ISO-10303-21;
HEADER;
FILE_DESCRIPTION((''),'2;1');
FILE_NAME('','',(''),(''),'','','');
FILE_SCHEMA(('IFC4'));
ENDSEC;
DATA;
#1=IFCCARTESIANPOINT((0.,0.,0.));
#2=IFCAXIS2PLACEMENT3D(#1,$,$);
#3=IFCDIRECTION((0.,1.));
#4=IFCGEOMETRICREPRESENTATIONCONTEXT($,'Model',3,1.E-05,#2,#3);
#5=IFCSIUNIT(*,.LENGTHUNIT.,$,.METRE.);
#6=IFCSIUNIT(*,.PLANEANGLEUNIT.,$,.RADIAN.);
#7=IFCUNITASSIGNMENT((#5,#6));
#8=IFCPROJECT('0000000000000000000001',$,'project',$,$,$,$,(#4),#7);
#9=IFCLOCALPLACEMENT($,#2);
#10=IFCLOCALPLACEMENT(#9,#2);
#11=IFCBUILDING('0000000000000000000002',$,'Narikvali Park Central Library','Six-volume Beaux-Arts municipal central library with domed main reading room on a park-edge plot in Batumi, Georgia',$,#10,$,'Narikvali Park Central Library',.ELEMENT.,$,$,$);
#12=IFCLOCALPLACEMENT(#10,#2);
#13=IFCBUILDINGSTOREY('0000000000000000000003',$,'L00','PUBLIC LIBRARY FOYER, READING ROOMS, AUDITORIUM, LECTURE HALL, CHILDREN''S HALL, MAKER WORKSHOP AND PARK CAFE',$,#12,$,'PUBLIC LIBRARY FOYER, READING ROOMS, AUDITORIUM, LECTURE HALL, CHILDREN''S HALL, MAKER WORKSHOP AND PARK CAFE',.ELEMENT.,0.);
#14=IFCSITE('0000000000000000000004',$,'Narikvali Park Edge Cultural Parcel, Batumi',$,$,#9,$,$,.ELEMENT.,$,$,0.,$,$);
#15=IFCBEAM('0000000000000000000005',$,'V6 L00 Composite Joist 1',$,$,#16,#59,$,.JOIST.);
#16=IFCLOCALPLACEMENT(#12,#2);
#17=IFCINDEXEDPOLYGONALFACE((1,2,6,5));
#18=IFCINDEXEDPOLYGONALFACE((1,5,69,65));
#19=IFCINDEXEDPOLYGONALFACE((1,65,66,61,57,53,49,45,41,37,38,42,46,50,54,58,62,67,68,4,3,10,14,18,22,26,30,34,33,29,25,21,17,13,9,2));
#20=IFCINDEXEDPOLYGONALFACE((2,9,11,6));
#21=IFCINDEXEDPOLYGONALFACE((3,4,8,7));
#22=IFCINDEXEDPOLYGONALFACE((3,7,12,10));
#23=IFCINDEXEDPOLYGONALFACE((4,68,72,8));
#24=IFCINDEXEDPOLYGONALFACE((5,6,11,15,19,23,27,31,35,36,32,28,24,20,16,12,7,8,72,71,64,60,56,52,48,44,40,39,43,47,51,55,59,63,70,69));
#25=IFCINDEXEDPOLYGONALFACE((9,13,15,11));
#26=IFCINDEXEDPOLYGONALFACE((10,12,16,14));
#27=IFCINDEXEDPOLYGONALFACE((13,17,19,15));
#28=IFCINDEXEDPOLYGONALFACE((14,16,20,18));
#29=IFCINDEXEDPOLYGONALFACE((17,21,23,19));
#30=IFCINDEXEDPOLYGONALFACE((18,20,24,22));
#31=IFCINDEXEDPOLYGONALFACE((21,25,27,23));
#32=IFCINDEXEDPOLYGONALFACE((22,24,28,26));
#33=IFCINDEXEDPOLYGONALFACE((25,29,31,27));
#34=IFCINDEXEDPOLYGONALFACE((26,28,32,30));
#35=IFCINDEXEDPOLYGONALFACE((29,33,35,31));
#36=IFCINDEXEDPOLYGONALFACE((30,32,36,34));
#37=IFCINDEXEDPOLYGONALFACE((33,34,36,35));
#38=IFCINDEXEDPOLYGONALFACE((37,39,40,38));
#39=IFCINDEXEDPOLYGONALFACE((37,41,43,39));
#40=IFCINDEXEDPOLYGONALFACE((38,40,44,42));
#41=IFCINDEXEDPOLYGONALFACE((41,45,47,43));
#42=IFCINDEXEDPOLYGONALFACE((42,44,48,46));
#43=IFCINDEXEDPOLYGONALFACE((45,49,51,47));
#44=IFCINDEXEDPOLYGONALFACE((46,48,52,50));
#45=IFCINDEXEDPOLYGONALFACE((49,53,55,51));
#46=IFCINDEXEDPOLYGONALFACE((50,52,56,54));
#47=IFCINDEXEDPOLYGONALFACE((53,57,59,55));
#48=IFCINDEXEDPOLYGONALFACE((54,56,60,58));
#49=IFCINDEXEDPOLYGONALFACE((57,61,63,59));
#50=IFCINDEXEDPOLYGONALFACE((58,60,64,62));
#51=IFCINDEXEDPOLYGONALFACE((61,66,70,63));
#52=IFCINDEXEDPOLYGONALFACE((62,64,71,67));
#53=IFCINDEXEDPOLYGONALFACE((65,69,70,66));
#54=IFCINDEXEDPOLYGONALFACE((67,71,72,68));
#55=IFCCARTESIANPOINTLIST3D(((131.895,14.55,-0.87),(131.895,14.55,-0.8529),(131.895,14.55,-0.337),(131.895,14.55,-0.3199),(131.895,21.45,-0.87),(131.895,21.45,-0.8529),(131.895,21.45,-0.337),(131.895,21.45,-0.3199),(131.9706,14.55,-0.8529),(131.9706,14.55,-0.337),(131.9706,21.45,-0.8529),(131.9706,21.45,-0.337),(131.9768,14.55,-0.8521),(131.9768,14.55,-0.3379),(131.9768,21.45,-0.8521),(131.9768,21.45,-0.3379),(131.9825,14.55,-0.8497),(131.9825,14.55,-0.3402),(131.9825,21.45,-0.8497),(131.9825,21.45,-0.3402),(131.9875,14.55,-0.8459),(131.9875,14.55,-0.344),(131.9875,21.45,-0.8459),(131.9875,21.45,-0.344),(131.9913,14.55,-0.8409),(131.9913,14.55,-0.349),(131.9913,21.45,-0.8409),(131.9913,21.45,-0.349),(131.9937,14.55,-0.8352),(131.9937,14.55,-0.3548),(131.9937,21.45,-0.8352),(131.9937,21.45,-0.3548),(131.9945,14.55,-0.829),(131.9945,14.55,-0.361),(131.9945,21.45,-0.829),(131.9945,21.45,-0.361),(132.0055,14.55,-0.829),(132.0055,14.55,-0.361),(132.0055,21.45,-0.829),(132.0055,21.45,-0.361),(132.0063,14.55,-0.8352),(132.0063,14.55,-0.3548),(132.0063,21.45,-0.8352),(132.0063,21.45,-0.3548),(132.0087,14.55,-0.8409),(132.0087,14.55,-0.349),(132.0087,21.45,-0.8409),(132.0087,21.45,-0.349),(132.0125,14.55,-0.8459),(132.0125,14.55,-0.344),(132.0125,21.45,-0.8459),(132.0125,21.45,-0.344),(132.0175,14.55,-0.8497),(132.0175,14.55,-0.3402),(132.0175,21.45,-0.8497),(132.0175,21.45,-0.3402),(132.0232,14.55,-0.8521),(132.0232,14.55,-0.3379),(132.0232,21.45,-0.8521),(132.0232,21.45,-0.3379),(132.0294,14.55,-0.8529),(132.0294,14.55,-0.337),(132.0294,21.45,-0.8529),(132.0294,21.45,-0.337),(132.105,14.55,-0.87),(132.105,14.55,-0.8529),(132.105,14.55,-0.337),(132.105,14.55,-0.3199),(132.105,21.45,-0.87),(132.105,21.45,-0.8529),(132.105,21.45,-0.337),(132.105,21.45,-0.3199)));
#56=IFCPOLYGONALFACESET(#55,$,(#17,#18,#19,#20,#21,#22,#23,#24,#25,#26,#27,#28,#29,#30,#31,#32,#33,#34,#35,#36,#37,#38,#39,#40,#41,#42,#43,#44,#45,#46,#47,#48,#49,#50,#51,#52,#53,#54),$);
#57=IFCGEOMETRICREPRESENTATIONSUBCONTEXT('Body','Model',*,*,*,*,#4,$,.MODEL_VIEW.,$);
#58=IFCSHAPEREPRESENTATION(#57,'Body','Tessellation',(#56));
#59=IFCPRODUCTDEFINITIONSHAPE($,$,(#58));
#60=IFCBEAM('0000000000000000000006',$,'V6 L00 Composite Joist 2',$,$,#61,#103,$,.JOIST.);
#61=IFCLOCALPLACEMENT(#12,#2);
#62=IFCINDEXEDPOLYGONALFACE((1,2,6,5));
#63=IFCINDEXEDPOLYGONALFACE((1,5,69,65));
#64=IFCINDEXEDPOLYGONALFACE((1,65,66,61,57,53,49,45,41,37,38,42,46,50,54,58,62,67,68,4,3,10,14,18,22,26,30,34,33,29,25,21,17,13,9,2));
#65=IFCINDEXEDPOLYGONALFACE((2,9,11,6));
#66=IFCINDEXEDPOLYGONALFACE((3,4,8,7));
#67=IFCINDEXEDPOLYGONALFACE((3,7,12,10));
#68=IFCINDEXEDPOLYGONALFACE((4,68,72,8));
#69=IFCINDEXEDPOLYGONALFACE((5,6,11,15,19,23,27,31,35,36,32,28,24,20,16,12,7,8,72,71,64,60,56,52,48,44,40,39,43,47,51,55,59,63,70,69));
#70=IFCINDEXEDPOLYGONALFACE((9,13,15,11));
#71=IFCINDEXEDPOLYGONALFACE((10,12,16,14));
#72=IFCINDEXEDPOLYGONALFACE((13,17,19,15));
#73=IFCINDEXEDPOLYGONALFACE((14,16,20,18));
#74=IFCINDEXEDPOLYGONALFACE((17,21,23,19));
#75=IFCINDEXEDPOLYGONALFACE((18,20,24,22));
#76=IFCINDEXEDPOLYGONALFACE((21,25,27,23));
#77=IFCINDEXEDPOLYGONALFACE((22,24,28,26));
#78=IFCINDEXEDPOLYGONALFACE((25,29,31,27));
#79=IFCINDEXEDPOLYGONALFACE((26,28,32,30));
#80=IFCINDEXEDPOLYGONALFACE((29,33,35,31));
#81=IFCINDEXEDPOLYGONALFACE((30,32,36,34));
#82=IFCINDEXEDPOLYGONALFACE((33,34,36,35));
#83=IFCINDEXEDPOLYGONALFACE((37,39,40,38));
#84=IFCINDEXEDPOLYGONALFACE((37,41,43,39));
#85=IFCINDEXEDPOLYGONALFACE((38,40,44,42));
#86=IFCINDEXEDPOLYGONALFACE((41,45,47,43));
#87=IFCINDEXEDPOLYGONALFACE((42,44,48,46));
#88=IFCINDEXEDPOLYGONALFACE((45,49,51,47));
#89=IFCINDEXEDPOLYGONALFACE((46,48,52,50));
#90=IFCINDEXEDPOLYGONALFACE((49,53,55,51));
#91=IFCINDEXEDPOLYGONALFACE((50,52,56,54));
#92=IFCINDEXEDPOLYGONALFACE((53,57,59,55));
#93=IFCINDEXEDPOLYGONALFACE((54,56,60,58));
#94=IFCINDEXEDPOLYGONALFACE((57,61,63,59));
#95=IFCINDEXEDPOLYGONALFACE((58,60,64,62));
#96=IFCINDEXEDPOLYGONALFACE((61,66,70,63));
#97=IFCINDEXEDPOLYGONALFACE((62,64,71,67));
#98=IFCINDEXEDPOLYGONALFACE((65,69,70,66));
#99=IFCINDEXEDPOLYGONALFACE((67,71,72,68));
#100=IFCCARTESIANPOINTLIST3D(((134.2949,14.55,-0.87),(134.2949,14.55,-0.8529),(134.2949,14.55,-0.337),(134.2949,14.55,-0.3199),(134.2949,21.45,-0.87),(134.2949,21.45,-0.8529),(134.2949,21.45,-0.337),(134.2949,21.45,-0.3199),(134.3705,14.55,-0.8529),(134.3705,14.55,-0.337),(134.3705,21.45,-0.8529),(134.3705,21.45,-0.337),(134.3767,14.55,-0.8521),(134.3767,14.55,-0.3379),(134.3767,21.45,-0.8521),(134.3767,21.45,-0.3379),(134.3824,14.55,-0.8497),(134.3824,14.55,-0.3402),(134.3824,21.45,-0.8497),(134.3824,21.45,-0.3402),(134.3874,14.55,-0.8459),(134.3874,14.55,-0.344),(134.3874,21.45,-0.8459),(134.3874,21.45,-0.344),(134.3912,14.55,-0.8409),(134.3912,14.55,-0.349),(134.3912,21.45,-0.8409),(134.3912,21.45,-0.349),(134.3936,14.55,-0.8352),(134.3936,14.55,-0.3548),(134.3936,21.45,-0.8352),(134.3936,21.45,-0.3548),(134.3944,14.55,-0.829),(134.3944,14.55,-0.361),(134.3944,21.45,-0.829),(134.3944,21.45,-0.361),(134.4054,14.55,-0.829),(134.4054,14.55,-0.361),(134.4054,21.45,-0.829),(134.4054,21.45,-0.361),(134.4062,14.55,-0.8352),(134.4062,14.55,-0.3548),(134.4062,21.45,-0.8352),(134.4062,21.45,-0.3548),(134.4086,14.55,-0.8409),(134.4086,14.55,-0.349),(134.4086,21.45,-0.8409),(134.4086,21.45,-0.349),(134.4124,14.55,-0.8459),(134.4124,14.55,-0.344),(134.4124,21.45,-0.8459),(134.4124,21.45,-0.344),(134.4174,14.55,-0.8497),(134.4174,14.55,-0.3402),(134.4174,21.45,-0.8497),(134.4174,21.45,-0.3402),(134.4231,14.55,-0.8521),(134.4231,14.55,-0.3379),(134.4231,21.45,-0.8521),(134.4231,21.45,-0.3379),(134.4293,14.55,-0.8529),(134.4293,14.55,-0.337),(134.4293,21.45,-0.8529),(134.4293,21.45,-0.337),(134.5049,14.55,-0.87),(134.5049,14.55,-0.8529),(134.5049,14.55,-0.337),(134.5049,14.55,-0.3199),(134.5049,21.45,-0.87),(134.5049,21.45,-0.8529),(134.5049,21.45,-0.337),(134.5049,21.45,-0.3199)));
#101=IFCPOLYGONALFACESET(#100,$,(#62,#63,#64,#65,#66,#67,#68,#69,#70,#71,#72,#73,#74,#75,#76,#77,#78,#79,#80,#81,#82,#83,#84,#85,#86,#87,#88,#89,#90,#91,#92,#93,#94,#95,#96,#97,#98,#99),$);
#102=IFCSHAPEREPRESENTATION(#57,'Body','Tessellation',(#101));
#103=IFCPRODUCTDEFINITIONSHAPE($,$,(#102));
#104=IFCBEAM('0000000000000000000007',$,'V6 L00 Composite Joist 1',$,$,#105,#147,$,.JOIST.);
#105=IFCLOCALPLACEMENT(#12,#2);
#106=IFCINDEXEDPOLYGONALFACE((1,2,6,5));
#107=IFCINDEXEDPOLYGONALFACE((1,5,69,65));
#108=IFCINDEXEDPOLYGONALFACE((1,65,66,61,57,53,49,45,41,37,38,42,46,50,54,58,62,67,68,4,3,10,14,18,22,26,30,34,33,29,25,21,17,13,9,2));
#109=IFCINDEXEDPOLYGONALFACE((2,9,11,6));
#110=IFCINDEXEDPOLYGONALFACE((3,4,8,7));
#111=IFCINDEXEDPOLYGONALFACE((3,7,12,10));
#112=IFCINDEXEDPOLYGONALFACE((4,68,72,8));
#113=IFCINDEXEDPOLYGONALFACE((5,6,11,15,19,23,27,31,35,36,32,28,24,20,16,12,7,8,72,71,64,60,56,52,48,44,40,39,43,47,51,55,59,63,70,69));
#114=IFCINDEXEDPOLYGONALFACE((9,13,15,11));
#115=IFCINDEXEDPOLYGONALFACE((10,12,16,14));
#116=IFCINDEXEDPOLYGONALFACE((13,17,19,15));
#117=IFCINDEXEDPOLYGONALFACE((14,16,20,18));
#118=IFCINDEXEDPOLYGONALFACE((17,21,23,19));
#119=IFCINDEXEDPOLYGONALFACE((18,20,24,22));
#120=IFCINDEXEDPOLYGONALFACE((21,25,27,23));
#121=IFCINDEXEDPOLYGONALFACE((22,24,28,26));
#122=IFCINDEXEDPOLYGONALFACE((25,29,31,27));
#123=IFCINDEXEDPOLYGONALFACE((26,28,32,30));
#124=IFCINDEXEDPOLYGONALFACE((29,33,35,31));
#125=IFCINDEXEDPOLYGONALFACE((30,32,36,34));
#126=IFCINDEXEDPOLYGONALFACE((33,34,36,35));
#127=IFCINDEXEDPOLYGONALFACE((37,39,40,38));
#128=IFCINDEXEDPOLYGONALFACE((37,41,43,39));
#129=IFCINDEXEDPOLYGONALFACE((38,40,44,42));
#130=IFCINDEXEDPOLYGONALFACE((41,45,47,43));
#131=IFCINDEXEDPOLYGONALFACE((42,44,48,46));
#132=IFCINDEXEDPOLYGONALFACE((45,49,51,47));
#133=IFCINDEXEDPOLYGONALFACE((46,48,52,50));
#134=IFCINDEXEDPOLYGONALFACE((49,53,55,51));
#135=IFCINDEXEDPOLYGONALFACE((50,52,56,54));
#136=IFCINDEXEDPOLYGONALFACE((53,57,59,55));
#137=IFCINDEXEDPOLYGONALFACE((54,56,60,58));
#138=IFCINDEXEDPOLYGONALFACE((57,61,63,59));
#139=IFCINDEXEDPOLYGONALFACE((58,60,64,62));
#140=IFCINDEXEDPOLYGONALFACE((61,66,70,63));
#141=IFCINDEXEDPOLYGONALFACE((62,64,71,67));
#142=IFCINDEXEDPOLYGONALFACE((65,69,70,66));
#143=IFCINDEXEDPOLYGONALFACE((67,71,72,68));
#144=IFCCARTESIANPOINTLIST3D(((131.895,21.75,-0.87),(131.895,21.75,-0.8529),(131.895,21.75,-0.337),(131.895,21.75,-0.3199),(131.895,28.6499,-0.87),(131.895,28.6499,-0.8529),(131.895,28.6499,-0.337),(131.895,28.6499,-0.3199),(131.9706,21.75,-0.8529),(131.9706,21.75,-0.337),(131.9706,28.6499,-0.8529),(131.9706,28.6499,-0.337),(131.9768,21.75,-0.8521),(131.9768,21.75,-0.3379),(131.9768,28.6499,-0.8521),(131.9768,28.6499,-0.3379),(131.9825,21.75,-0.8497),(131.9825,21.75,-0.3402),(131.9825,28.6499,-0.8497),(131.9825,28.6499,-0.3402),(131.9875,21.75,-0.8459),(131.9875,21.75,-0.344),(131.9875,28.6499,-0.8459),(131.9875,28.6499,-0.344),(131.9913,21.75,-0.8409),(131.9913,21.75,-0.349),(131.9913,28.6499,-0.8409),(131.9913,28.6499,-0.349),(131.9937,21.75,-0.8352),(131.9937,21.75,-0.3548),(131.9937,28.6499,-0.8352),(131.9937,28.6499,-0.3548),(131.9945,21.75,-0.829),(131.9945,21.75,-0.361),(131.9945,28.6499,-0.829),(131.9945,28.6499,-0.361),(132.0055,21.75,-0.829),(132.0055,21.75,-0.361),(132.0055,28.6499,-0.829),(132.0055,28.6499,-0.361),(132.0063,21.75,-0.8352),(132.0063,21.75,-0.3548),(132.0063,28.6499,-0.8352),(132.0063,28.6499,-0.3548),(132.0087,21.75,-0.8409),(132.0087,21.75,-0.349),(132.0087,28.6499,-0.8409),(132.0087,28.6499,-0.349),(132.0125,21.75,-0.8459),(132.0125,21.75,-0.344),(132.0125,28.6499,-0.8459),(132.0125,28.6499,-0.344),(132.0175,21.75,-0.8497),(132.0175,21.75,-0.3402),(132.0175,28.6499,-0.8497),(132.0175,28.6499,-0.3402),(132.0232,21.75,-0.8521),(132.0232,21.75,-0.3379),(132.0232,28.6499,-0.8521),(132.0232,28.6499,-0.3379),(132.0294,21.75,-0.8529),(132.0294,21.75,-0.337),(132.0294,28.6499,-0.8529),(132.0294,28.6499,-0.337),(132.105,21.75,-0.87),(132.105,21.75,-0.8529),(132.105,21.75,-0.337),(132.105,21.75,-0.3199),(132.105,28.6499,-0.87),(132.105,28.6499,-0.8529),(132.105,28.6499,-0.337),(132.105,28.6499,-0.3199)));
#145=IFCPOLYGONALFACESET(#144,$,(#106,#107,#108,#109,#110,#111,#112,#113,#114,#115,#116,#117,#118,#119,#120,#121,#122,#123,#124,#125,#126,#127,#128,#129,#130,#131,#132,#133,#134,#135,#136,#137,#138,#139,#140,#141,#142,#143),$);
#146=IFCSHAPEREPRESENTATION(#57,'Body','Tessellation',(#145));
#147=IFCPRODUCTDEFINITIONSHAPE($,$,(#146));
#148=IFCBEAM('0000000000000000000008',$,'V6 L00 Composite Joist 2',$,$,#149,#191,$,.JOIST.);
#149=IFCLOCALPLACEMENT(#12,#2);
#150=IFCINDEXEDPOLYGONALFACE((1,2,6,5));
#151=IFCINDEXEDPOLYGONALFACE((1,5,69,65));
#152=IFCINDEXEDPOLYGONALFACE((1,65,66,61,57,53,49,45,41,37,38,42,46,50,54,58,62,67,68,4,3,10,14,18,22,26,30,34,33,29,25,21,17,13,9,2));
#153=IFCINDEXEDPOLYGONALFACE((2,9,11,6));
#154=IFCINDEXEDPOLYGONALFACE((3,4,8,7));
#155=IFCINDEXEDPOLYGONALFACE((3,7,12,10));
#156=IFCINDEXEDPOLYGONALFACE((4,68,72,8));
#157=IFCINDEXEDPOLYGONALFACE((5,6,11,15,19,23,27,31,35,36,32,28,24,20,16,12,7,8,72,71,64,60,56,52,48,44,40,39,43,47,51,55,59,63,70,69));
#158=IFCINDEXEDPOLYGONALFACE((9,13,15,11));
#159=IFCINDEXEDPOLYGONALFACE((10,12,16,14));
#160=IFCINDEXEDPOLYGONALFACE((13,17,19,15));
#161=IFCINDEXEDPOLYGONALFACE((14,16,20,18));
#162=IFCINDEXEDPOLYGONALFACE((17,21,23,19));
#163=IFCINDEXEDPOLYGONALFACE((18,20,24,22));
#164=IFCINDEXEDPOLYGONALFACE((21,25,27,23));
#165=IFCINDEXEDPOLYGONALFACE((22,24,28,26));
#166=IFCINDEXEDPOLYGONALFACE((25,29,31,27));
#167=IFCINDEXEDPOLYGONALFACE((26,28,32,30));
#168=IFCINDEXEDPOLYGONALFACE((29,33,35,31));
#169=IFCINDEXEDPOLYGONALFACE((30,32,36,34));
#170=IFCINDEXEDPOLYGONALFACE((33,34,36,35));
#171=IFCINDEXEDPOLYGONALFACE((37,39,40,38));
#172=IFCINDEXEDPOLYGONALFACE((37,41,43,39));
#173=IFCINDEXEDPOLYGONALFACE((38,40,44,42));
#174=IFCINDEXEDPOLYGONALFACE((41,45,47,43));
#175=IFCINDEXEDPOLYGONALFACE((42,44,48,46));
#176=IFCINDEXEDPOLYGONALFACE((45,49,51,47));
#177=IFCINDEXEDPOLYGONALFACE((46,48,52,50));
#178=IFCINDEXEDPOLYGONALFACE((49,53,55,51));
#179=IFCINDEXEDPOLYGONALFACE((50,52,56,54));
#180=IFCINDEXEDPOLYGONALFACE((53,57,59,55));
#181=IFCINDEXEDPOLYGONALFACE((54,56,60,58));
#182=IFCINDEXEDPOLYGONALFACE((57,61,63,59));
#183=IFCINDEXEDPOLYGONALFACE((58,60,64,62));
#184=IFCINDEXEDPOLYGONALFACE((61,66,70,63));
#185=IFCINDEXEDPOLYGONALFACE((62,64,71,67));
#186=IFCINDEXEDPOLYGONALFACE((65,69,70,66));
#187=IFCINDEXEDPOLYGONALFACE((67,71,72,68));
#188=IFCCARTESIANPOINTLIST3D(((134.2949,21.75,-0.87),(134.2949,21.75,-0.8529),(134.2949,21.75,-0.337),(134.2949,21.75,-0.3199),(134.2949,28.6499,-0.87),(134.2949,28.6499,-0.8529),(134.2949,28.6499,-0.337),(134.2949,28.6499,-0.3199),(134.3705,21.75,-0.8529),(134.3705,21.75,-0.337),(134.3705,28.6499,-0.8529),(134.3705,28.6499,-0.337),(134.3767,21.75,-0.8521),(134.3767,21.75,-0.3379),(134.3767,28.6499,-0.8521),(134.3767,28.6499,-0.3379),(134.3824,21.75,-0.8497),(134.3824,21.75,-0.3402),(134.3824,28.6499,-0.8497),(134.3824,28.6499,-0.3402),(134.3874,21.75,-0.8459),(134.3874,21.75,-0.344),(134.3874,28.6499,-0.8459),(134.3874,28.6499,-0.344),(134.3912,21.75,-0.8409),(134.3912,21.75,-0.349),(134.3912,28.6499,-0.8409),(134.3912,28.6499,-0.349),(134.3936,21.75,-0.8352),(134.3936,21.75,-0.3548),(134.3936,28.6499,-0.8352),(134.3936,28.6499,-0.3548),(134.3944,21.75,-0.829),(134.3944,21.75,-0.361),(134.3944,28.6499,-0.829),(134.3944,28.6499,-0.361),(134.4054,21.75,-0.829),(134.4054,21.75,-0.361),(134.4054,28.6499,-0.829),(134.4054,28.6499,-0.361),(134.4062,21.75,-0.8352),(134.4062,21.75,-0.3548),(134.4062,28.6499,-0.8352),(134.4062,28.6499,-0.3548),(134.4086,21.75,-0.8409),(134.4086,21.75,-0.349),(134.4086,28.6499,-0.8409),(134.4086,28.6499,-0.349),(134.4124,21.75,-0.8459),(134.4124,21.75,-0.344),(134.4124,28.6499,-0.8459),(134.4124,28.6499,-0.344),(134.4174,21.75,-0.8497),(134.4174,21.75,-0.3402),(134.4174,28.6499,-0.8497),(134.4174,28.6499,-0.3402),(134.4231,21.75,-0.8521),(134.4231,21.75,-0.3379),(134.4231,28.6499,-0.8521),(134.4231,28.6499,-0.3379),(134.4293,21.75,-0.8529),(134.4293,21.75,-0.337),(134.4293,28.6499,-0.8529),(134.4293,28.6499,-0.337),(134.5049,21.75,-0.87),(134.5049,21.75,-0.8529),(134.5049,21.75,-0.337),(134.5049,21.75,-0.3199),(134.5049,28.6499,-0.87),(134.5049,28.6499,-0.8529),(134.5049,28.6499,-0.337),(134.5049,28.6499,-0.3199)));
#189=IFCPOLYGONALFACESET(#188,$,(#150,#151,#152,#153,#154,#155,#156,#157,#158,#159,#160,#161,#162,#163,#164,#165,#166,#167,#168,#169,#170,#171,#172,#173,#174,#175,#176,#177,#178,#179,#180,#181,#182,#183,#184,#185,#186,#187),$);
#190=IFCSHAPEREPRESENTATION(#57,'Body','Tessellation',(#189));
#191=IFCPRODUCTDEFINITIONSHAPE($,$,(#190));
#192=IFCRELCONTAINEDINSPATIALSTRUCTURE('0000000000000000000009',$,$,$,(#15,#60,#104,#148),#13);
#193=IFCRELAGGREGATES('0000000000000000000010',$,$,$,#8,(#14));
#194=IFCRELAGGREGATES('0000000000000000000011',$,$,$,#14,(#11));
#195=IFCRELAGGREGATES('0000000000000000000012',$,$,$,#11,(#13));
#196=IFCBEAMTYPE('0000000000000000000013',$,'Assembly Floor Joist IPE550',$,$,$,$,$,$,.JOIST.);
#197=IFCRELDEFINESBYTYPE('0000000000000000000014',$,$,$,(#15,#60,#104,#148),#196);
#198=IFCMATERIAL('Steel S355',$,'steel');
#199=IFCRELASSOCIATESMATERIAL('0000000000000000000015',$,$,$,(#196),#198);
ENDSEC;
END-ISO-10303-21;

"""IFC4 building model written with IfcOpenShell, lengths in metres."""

from ifc_helpers import new_model, si_unit, direction, frame, origin, origin_2d, place, context, subcontext, project, spatial, i_section, extrude, material, material_profile, profile_set, type_object, element, save


model = new_model("IFC4")

# Units and contexts
model_context = context("Model", 3, precision=1e-05, world=origin(), true_north=direction((0.0, 1.0)))
body_context = subcontext(model_context, "Body", "Model", "MODEL_VIEW")
ifc_project = project(units=[si_unit("LENGTHUNIT", "METRE"), si_unit("PLANEANGLEUNIT", "RADIAN")], contexts=[model_context])

# Site, building, storey
site_placement = place(None, origin())
site = spatial("IfcSite", under=ifc_project, at=site_placement, Name="Narikvali Park Edge Cultural Parcel, Batumi", CompositionType="ELEMENT", RefElevation=0.0)
building_placement = place(site_placement, origin())
building = spatial("IfcBuilding", under=site, at=building_placement, Name="Narikvali Park Central Library", Description="Six-volume Beaux-Arts municipal central library with domed main reading room on a park-edge plot in Batumi, Georgia", LongName="Narikvali Park Central Library", CompositionType="ELEMENT")
storey_placement = place(building_placement, origin())
storey = spatial("IfcBuildingStorey", under=building, at=storey_placement, Name="L00", Description="PUBLIC LIBRARY FOYER, READING ROOMS, AUDITORIUM, LECTURE HALL, CHILDREN'S HALL, MAKER WORKSHOP AND PARK CAFE", LongName="PUBLIC LIBRARY FOYER, READING ROOMS, AUDITORIUM, LECTURE HALL, CHILDREN'S HALL, MAKER WORKSHOP AND PARK CAFE", CompositionType="ELEMENT", Elevation=0.0)

# Shared definitions
ifc_material_1 = material(Name="Steel S355", Category="steel")

# Beams
ifc_material_profile_1 = material_profile(ifc_material_1, i_section(OverallWidth=0.21, OverallDepth=0.55, WebThickness=0.011, FlangeThickness=0.0171, FilletRadius=0.0239, at=origin_2d()), Name="IPE 550")
ifc_profile_set_1 = profile_set([ifc_material_profile_1], Name="Steel S355")
beam_type_1 = type_object("IfcBeamType", Name="Assembly Floor Joist IPE550", PredefinedType="JOIST", material=ifc_profile_set_1)
for number, where, z_axis, x_axis, name in (
    (1, (132.0, 14.55, -0.595), (0.0, 1.0, 0.0), (-1.0, 0.0, 0.0), "V6 L00 Composite Joist 1"),
    (2, (134.3999, 14.55, -0.595), (0.0, 1.0, 0.0), (-1.0, 0.0, 0.0), "V6 L00 Composite Joist 2"),
    (3, (132.0, 21.75, -0.595), (0.0, 1.0, 0.0), (-1.0, 0.0, 0.0), "V6 L00 Composite Joist 1"),
    (4, (134.3999, 21.75, -0.595), (0.0, 1.0, 0.0), (-1.0, 0.0, 0.0), "V6 L00 Composite Joist 2"),
):
    element("IfcBeam", number, at=place(storey_placement, frame(where, z_axis=z_axis, x_axis=x_axis)), inside=storey, type_object=beam_type_1, Name=name, PredefinedType="JOIST", context=body_context, shape_type="SweptSolid", body=[
        extrude(i_section(OverallWidth=0.21, OverallDepth=0.55, WebThickness=0.011, FlangeThickness=0.0171, FilletRadius=0.0239, at=origin_2d()), origin(), (0.0, 0.0, 1.0), 6.8999),
    ])

save(model, "model.ifc")
